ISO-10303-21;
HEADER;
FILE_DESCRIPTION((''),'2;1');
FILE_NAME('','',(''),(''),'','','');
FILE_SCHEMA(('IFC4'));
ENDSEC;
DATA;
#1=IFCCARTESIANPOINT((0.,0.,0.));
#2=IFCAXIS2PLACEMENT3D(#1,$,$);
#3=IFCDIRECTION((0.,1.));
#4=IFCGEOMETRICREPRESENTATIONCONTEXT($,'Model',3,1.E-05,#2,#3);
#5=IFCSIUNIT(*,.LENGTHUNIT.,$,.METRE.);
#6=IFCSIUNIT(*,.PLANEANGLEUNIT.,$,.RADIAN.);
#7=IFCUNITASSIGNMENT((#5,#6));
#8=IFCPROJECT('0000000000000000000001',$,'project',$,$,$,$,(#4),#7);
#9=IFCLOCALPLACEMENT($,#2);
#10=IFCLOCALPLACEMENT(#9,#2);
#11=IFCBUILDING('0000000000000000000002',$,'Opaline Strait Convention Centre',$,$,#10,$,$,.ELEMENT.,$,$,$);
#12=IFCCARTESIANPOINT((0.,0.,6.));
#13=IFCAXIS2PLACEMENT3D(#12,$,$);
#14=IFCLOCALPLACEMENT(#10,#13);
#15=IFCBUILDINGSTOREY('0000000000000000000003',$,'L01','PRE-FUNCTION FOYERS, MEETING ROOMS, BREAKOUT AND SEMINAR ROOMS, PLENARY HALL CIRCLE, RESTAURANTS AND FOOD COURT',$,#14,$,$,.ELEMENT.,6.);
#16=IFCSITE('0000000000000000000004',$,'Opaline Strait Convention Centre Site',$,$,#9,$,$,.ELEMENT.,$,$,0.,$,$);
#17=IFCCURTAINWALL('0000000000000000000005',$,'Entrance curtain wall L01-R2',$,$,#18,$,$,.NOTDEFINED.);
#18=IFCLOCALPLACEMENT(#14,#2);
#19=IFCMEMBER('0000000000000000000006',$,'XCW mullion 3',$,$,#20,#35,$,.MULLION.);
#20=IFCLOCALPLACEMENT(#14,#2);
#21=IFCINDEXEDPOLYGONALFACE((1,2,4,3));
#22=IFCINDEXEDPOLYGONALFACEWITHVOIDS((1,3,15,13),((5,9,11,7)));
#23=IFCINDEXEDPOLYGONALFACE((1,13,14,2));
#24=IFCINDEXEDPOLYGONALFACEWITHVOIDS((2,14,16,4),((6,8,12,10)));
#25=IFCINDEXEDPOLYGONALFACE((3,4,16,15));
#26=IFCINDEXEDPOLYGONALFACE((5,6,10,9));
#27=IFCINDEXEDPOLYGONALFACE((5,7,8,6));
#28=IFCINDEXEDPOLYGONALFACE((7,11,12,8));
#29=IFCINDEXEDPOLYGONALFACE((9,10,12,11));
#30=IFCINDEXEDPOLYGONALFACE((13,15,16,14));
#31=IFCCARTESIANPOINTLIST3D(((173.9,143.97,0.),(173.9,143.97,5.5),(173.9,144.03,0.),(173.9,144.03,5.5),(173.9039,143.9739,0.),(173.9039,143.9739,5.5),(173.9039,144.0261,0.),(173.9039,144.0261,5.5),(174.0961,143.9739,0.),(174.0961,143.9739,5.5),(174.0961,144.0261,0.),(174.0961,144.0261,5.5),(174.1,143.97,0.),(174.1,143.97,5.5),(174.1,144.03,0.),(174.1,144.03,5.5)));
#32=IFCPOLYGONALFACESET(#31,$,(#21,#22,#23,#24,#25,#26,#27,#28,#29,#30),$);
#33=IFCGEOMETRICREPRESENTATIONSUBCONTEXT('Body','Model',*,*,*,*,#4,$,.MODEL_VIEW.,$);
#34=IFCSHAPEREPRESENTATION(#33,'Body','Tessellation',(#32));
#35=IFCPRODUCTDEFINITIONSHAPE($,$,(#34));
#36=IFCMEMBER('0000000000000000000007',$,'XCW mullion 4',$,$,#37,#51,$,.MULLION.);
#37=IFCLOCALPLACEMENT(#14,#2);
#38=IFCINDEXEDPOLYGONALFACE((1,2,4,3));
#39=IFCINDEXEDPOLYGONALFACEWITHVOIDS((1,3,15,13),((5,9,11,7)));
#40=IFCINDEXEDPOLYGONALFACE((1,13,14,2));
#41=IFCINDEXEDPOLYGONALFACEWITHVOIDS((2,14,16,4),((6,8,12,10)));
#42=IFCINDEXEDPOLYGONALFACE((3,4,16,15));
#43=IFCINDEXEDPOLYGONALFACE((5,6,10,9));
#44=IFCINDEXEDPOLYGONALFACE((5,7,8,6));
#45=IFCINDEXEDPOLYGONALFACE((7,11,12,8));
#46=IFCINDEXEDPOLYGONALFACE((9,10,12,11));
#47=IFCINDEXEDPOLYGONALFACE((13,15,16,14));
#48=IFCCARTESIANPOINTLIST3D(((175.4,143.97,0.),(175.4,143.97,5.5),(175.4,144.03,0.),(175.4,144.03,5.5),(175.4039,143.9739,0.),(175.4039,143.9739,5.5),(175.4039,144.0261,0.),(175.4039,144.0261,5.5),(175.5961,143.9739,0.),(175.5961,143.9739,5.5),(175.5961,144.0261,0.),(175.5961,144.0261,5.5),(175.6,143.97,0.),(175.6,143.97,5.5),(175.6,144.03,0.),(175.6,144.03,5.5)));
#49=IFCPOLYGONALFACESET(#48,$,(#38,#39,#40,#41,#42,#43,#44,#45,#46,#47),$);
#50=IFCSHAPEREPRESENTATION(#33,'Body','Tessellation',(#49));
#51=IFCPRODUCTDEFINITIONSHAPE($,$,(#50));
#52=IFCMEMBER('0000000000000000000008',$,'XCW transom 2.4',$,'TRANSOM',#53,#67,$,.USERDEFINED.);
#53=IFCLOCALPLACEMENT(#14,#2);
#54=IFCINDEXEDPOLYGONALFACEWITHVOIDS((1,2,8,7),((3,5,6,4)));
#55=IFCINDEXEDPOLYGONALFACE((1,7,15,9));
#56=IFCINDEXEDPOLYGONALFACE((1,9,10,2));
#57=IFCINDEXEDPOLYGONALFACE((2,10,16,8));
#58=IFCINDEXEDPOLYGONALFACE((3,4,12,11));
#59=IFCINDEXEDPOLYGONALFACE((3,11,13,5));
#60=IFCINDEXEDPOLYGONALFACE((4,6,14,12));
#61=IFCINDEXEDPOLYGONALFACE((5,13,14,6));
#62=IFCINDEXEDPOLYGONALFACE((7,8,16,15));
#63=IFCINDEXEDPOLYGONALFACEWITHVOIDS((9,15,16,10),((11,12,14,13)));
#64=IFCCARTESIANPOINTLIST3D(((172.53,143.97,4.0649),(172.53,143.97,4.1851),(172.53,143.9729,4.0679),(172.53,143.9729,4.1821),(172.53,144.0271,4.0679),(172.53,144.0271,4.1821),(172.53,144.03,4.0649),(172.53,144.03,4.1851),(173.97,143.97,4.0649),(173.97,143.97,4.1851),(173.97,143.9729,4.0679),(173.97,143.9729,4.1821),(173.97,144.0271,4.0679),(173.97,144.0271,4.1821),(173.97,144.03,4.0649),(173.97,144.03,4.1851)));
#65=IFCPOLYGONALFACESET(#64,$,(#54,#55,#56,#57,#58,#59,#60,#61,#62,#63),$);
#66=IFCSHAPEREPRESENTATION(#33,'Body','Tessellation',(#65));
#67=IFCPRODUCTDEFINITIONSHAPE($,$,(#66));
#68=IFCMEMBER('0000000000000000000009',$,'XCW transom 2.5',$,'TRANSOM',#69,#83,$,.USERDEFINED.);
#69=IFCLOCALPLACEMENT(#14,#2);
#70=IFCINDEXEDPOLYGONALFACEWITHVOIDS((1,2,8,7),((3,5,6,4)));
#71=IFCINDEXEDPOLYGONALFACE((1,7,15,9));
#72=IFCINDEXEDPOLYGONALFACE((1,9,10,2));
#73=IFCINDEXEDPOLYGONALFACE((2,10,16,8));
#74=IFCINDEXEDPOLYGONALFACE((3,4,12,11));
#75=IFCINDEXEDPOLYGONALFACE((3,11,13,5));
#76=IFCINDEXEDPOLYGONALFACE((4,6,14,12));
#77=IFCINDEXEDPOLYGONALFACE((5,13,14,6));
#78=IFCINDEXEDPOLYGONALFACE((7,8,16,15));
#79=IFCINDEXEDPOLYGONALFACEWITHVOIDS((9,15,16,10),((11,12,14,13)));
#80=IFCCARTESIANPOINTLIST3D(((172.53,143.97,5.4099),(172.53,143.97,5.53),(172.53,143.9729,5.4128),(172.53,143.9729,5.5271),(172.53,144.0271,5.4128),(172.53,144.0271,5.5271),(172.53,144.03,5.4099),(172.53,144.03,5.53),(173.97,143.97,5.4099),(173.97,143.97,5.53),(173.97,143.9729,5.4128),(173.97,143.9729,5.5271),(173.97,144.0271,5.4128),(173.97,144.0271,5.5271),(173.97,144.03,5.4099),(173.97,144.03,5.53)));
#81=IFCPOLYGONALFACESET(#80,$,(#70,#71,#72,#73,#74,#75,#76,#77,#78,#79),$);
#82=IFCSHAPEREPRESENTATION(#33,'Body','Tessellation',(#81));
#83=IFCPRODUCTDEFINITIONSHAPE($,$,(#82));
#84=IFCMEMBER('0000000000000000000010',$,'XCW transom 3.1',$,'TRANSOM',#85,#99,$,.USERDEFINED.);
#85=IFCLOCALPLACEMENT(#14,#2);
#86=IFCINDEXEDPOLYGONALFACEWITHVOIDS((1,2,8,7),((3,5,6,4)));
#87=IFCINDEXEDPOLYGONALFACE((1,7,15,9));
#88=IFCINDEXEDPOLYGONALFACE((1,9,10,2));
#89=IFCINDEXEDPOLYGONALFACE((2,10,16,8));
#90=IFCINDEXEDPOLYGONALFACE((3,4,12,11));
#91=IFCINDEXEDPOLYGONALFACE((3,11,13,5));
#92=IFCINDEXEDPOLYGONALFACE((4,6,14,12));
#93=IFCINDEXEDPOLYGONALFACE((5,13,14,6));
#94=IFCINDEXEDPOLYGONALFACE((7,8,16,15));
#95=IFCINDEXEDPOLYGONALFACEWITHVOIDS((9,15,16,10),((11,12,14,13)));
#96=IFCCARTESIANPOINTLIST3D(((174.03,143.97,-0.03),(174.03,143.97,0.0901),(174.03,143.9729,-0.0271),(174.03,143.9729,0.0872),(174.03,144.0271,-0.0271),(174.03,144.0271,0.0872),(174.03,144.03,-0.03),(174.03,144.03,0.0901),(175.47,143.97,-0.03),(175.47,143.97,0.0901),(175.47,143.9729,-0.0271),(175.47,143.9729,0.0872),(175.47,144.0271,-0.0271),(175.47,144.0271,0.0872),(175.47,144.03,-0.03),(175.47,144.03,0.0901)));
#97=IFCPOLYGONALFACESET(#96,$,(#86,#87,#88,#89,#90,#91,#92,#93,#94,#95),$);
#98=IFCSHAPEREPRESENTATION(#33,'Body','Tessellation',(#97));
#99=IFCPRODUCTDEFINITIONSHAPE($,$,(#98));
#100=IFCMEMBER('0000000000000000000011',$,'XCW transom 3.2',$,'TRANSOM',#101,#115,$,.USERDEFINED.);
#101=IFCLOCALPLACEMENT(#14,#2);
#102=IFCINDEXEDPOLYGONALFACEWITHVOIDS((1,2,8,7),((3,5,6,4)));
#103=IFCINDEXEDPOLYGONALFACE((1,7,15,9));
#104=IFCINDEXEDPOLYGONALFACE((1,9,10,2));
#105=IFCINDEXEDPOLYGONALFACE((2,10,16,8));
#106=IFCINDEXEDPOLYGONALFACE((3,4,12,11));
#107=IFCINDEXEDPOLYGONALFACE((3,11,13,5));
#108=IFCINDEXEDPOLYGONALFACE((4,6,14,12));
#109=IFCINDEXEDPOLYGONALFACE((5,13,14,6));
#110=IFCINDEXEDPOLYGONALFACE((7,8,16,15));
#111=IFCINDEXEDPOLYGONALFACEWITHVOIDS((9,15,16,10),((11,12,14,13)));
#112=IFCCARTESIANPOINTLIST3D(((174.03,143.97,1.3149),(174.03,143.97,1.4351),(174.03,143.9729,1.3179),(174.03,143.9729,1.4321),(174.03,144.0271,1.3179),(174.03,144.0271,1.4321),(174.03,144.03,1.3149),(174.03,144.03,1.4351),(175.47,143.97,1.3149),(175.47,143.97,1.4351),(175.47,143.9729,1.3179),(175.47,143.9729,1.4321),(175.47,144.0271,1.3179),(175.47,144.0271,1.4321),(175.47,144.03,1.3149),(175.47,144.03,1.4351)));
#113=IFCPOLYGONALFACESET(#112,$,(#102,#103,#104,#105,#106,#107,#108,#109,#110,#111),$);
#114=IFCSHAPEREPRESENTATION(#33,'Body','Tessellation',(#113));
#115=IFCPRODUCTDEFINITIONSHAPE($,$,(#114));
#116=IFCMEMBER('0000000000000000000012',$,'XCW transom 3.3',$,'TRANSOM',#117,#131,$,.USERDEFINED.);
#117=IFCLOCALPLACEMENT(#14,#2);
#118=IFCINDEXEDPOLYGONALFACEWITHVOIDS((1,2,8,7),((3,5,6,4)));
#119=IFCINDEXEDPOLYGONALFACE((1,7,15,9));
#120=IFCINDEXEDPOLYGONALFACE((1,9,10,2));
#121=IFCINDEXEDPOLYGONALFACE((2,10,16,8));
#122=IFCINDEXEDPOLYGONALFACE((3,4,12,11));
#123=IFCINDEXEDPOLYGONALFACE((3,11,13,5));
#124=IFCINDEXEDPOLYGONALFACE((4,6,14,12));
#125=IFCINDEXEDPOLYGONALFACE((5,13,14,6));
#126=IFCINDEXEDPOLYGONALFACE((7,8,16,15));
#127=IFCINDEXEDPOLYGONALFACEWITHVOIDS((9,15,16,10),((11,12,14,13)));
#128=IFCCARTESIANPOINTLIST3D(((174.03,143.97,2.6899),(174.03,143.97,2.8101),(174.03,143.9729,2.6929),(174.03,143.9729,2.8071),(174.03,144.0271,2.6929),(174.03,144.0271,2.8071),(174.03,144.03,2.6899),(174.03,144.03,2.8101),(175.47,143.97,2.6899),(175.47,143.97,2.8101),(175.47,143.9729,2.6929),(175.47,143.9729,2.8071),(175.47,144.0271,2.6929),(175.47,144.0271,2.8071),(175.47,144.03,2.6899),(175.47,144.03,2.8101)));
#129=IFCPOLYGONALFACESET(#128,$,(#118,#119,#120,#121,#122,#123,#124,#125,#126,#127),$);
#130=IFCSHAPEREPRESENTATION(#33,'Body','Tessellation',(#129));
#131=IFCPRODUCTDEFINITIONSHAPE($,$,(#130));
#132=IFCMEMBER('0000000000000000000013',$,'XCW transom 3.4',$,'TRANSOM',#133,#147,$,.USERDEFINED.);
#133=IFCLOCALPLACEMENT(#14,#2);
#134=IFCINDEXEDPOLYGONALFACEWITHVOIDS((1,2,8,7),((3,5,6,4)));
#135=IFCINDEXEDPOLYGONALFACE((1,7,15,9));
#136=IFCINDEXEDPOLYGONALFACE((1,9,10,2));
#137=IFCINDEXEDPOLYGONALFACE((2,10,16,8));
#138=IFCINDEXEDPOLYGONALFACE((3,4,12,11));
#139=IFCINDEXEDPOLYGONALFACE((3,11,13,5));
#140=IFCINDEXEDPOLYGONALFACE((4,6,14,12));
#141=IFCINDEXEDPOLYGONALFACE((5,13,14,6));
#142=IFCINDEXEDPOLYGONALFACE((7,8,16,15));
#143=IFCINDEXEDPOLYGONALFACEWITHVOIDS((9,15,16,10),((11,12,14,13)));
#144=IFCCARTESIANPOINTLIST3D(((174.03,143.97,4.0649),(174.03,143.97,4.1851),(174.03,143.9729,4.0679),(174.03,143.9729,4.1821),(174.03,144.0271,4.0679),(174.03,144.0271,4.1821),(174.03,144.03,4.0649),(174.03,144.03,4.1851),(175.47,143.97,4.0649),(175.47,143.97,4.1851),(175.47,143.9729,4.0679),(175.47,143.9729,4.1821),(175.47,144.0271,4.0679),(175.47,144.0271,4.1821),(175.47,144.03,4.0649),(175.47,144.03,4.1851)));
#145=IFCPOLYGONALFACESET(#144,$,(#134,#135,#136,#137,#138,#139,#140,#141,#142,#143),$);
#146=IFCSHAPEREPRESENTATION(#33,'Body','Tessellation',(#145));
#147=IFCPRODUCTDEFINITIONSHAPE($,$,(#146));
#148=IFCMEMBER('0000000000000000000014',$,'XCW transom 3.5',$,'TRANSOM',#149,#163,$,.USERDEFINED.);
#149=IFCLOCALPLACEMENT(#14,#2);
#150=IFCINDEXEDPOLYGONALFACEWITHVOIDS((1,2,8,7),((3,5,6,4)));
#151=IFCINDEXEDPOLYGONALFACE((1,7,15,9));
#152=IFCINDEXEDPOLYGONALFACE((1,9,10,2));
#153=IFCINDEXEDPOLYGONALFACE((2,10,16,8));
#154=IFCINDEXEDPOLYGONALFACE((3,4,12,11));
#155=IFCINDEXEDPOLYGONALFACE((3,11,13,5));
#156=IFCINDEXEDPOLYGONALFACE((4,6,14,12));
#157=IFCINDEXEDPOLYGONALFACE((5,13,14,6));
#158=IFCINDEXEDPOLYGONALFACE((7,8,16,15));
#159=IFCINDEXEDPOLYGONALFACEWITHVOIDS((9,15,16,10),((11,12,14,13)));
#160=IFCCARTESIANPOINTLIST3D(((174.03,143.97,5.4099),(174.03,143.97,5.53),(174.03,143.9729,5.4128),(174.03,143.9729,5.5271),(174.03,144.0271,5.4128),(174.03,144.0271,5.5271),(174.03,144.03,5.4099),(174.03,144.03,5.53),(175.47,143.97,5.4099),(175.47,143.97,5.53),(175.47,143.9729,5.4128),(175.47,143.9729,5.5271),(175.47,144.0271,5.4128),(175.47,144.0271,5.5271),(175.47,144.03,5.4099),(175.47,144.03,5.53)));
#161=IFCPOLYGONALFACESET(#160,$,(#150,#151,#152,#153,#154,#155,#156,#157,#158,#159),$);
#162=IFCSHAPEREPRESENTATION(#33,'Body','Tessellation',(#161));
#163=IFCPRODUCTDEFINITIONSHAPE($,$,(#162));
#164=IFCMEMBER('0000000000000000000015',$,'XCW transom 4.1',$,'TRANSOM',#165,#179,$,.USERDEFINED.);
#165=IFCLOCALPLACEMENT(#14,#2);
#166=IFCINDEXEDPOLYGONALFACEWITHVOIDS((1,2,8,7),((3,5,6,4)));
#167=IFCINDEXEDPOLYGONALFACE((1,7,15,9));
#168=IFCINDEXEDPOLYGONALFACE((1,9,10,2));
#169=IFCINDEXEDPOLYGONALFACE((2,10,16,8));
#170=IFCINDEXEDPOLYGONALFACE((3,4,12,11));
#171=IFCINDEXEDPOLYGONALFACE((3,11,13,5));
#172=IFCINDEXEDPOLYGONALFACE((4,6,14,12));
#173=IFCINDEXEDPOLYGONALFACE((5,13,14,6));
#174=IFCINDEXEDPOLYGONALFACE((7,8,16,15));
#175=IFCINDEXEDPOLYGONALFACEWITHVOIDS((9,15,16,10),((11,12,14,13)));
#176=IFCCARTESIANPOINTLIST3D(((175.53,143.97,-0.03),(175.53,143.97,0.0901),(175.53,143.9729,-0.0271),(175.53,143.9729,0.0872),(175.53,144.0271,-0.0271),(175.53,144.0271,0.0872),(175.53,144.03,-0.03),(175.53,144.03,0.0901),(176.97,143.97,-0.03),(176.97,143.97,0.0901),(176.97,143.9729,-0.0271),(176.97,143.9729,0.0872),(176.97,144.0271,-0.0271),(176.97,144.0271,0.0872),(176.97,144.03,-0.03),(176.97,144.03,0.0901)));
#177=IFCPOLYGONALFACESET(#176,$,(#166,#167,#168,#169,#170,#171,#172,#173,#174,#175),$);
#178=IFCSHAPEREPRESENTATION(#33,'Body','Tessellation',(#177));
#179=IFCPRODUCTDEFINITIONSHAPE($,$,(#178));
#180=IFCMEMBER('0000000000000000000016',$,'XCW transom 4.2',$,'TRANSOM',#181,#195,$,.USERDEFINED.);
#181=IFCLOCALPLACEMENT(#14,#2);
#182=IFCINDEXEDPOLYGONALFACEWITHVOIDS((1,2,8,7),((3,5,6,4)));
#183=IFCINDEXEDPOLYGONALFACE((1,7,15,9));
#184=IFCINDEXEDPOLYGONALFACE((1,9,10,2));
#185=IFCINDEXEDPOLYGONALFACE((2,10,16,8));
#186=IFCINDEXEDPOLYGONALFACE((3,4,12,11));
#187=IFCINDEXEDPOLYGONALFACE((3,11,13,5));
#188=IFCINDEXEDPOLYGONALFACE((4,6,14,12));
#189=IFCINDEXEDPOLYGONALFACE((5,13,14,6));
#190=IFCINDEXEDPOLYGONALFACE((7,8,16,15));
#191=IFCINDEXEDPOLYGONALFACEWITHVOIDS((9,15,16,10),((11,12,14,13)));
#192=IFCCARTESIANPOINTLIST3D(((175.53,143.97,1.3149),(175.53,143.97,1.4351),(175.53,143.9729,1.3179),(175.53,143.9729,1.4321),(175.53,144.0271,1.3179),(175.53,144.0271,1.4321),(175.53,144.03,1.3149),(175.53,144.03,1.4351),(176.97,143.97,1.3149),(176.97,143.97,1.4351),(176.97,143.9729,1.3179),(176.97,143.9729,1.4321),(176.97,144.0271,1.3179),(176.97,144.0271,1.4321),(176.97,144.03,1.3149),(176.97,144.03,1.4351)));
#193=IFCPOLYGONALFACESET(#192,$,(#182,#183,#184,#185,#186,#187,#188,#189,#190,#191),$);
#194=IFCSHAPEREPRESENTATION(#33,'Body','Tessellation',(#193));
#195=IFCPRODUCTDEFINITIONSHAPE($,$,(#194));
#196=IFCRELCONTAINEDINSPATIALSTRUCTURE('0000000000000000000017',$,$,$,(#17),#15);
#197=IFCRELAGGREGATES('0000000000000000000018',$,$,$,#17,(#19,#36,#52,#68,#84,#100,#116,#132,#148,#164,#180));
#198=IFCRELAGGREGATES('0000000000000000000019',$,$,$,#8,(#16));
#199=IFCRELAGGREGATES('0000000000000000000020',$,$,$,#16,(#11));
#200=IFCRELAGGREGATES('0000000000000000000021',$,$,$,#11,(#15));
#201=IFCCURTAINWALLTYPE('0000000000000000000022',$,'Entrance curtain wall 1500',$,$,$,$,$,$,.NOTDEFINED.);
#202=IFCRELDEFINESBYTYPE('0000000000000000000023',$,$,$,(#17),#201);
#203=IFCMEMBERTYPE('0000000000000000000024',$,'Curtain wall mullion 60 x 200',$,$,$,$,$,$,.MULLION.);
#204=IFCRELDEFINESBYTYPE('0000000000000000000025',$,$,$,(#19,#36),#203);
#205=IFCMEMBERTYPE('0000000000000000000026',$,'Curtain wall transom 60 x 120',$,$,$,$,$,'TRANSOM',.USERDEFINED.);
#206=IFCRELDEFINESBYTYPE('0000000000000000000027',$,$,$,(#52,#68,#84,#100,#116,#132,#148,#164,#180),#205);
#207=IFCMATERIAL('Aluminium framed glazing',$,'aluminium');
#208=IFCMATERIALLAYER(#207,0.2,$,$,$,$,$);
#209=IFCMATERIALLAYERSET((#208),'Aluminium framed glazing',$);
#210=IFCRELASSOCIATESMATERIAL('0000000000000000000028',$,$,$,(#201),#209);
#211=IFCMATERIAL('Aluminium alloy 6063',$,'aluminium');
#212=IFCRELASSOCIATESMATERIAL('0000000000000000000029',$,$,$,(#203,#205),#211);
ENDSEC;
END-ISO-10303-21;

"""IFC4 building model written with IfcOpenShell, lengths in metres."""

from ifc_helpers import new_model, si_unit, direction, frame, origin, origin_2d, place, context, subcontext, project, spatial, hollow_rectangle, extrude, material, layer, layer_set, material_profile, profile_set, type_object, element, aggregate, save


model = new_model("IFC4")

# Units and contexts
model_context = context("Model", 3, precision=1e-05, world=origin(), true_north=direction((0.0, 1.0)))
body_context = subcontext(model_context, "Body", "Model", "MODEL_VIEW")
ifc_project = project(units=[si_unit("LENGTHUNIT", "METRE"), si_unit("PLANEANGLEUNIT", "RADIAN")], contexts=[model_context])

# Site, building, storey
site_placement = place(None, origin())
site = spatial("IfcSite", under=ifc_project, at=site_placement, Name="Opaline Strait Convention Centre Site", CompositionType="ELEMENT", RefElevation=0.0)
building_placement = place(site_placement, origin())
building = spatial("IfcBuilding", under=site, at=building_placement, Name="Opaline Strait Convention Centre", CompositionType="ELEMENT")
storey_placement = place(building_placement, frame((0.0, 0.0, 6.0)))
storey = spatial("IfcBuildingStorey", under=building, at=storey_placement, Name="L01", Description="PRE-FUNCTION FOYERS, MEETING ROOMS, BREAKOUT AND SEMINAR ROOMS, PLENARY HALL CIRCLE, RESTAURANTS AND FOOD COURT", CompositionType="ELEMENT", Elevation=6.0)

# Curtain wall, members
ifc_material_1 = material(Name="Aluminium framed glazing", Category="aluminium")
ifc_layer_1 = layer(ifc_material_1, 0.2)
ifc_layer_set_1 = layer_set([ifc_layer_1], Name="Aluminium framed glazing")
curtain_wall_type = type_object("IfcCurtainWallType", Name="Entrance curtain wall 1500", PredefinedType="NOTDEFINED", material=ifc_layer_set_1)
curtain_wall_placement = place(storey_placement, origin())
curtain_wall = element("IfcCurtainWall", 1, at=curtain_wall_placement, inside=storey, type_object=curtain_wall_type, Name="Entrance curtain wall L01-R2", PredefinedType="NOTDEFINED")
ifc_material_2 = material(Name="Aluminium alloy 6063", Category="aluminium")
ifc_material_profile_1 = material_profile(ifc_material_2, hollow_rectangle(XDim=0.0601, YDim=0.2, WallThickness=0.0039, at=origin_2d()), Name="MULLION 60x200x4")
ifc_profile_set_1 = profile_set([ifc_material_profile_1], Name="Aluminium alloy 6063")
member_type_1 = type_object("IfcMemberType", Name="Curtain wall mullion 60 x 200", PredefinedType="MULLION", material=ifc_profile_set_1)
member_1_placement = place(storey_placement, frame((174.0, 144.0, 0.0), z_axis=(0.0, 0.0, 1.0), x_axis=(0.0, 1.0, 0.0)))
member_1 = element("IfcMember", 2, at=member_1_placement, type_object=member_type_1, Name="XCW mullion 3", PredefinedType="MULLION", context=body_context, shape_type="SweptSolid", body=[
    extrude(hollow_rectangle(XDim=0.0601, YDim=0.2, WallThickness=0.0039, at=origin_2d()), origin(), (0.0, 0.0, 1.0), 5.5),
])
member_2_placement = place(storey_placement, frame((175.5, 144.0, 0.0), z_axis=(0.0, 0.0, 1.0), x_axis=(0.0, 1.0, 0.0)))
member_2 = element("IfcMember", 3, at=member_2_placement, type_object=member_type_1, Name="XCW mullion 4", PredefinedType="MULLION", context=body_context, shape_type="SweptSolid", body=[
    extrude(hollow_rectangle(XDim=0.0601, YDim=0.2, WallThickness=0.0039, at=origin_2d()), origin(), (0.0, 0.0, 1.0), 5.5),
])
ifc_material_profile_2 = material_profile(ifc_material_2, hollow_rectangle(XDim=0.0601, YDim=0.1201, WallThickness=0.0029, at=origin_2d()), Name="TRANSOM 60x120x3")
ifc_profile_set_2 = profile_set([ifc_material_profile_2], Name="Aluminium alloy 6063")
member_type_2 = type_object("IfcMemberType", Name="Curtain wall transom 60 x 120", ElementType="TRANSOM", PredefinedType="USERDEFINED", material=ifc_profile_set_2)
member_3_placement = place(storey_placement, frame((172.53, 144.0, 4.125), z_axis=(1.0, 0.0, 0.0), x_axis=(0.0, 1.0, 0.0)))
member_3 = element("IfcMember", 4, at=member_3_placement, type_object=member_type_2, Name="XCW transom 2.4", ObjectType="TRANSOM", PredefinedType="USERDEFINED", context=body_context, shape_type="SweptSolid", body=[
    extrude(hollow_rectangle(XDim=0.0601, YDim=0.1201, WallThickness=0.0029, at=origin_2d()), origin(), (0.0, 0.0, 1.0), 1.4399),
])
member_4_placement = place(storey_placement, frame((172.53, 144.0, 5.47), z_axis=(1.0, 0.0, 0.0), x_axis=(0.0, 1.0, 0.0)))
member_4 = element("IfcMember", 5, at=member_4_placement, type_object=member_type_2, Name="XCW transom 2.5", ObjectType="TRANSOM", PredefinedType="USERDEFINED", context=body_context, shape_type="SweptSolid", body=[
    extrude(hollow_rectangle(XDim=0.0601, YDim=0.1201, WallThickness=0.0029, at=origin_2d()), origin(), (0.0, 0.0, 1.0), 1.4399),
])
member_5_placement = place(storey_placement, frame((174.03, 144.0, 0.03), z_axis=(1.0, 0.0, 0.0), x_axis=(0.0, 1.0, 0.0)))
member_5 = element("IfcMember", 6, at=member_5_placement, type_object=member_type_2, Name="XCW transom 3.1", ObjectType="TRANSOM", PredefinedType="USERDEFINED", context=body_context, shape_type="SweptSolid", body=[
    extrude(hollow_rectangle(XDim=0.0601, YDim=0.1201, WallThickness=0.0029, at=origin_2d()), origin(), (0.0, 0.0, 1.0), 1.4399),
])
member_6_placement = place(storey_placement, frame((174.03, 144.0, 1.375), z_axis=(1.0, 0.0, 0.0), x_axis=(0.0, 1.0, 0.0)))
member_6 = element("IfcMember", 7, at=member_6_placement, type_object=member_type_2, Name="XCW transom 3.2", ObjectType="TRANSOM", PredefinedType="USERDEFINED", context=body_context, shape_type="SweptSolid", body=[
    extrude(hollow_rectangle(XDim=0.0601, YDim=0.1201, WallThickness=0.0029, at=origin_2d()), origin(), (0.0, 0.0, 1.0), 1.4399),
])
member_7_placement = place(storey_placement, frame((174.03, 144.0, 2.75), z_axis=(1.0, 0.0, 0.0), x_axis=(0.0, 1.0, 0.0)))
member_7 = element("IfcMember", 8, at=member_7_placement, type_object=member_type_2, Name="XCW transom 3.3", ObjectType="TRANSOM", PredefinedType="USERDEFINED", context=body_context, shape_type="SweptSolid", body=[
    extrude(hollow_rectangle(XDim=0.0601, YDim=0.1201, WallThickness=0.0029, at=origin_2d()), origin(), (0.0, 0.0, 1.0), 1.4399),
])
member_8_placement = place(storey_placement, frame((174.03, 144.0, 4.125), z_axis=(1.0, 0.0, 0.0), x_axis=(0.0, 1.0, 0.0)))
member_8 = element("IfcMember", 9, at=member_8_placement, type_object=member_type_2, Name="XCW transom 3.4", ObjectType="TRANSOM", PredefinedType="USERDEFINED", context=body_context, shape_type="SweptSolid", body=[
    extrude(hollow_rectangle(XDim=0.0601, YDim=0.1201, WallThickness=0.0029, at=origin_2d()), origin(), (0.0, 0.0, 1.0), 1.4399),
])
member_9_placement = place(storey_placement, frame((174.03, 144.0, 5.47), z_axis=(1.0, 0.0, 0.0), x_axis=(0.0, 1.0, 0.0)))
member_9 = element("IfcMember", 10, at=member_9_placement, type_object=member_type_2, Name="XCW transom 3.5", ObjectType="TRANSOM", PredefinedType="USERDEFINED", context=body_context, shape_type="SweptSolid", body=[
    extrude(hollow_rectangle(XDim=0.0601, YDim=0.1201, WallThickness=0.0029, at=origin_2d()), origin(), (0.0, 0.0, 1.0), 1.4399),
])
member_10_placement = place(storey_placement, frame((175.53, 144.0, 0.03), z_axis=(1.0, 0.0, 0.0), x_axis=(0.0, 1.0, 0.0)))
member_10 = element("IfcMember", 11, at=member_10_placement, type_object=member_type_2, Name="XCW transom 4.1", ObjectType="TRANSOM", PredefinedType="USERDEFINED", context=body_context, shape_type="SweptSolid", body=[
    extrude(hollow_rectangle(XDim=0.0601, YDim=0.1201, WallThickness=0.0029, at=origin_2d()), origin(), (0.0, 0.0, 1.0), 1.4399),
])
member_11_placement = place(storey_placement, frame((175.53, 144.0, 1.375), z_axis=(1.0, 0.0, 0.0), x_axis=(0.0, 1.0, 0.0)))
member_11 = element("IfcMember", 12, at=member_11_placement, type_object=member_type_2, Name="XCW transom 4.2", ObjectType="TRANSOM", PredefinedType="USERDEFINED", context=body_context, shape_type="SweptSolid", body=[
    extrude(hollow_rectangle(XDim=0.0601, YDim=0.1201, WallThickness=0.0029, at=origin_2d()), origin(), (0.0, 0.0, 1.0), 1.4399),
])
aggregate(curtain_wall, [member_1, member_2, member_3, member_4, member_5, member_6, member_7, member_8, member_9, member_10, member_11])

save(model, "model.ifc")
